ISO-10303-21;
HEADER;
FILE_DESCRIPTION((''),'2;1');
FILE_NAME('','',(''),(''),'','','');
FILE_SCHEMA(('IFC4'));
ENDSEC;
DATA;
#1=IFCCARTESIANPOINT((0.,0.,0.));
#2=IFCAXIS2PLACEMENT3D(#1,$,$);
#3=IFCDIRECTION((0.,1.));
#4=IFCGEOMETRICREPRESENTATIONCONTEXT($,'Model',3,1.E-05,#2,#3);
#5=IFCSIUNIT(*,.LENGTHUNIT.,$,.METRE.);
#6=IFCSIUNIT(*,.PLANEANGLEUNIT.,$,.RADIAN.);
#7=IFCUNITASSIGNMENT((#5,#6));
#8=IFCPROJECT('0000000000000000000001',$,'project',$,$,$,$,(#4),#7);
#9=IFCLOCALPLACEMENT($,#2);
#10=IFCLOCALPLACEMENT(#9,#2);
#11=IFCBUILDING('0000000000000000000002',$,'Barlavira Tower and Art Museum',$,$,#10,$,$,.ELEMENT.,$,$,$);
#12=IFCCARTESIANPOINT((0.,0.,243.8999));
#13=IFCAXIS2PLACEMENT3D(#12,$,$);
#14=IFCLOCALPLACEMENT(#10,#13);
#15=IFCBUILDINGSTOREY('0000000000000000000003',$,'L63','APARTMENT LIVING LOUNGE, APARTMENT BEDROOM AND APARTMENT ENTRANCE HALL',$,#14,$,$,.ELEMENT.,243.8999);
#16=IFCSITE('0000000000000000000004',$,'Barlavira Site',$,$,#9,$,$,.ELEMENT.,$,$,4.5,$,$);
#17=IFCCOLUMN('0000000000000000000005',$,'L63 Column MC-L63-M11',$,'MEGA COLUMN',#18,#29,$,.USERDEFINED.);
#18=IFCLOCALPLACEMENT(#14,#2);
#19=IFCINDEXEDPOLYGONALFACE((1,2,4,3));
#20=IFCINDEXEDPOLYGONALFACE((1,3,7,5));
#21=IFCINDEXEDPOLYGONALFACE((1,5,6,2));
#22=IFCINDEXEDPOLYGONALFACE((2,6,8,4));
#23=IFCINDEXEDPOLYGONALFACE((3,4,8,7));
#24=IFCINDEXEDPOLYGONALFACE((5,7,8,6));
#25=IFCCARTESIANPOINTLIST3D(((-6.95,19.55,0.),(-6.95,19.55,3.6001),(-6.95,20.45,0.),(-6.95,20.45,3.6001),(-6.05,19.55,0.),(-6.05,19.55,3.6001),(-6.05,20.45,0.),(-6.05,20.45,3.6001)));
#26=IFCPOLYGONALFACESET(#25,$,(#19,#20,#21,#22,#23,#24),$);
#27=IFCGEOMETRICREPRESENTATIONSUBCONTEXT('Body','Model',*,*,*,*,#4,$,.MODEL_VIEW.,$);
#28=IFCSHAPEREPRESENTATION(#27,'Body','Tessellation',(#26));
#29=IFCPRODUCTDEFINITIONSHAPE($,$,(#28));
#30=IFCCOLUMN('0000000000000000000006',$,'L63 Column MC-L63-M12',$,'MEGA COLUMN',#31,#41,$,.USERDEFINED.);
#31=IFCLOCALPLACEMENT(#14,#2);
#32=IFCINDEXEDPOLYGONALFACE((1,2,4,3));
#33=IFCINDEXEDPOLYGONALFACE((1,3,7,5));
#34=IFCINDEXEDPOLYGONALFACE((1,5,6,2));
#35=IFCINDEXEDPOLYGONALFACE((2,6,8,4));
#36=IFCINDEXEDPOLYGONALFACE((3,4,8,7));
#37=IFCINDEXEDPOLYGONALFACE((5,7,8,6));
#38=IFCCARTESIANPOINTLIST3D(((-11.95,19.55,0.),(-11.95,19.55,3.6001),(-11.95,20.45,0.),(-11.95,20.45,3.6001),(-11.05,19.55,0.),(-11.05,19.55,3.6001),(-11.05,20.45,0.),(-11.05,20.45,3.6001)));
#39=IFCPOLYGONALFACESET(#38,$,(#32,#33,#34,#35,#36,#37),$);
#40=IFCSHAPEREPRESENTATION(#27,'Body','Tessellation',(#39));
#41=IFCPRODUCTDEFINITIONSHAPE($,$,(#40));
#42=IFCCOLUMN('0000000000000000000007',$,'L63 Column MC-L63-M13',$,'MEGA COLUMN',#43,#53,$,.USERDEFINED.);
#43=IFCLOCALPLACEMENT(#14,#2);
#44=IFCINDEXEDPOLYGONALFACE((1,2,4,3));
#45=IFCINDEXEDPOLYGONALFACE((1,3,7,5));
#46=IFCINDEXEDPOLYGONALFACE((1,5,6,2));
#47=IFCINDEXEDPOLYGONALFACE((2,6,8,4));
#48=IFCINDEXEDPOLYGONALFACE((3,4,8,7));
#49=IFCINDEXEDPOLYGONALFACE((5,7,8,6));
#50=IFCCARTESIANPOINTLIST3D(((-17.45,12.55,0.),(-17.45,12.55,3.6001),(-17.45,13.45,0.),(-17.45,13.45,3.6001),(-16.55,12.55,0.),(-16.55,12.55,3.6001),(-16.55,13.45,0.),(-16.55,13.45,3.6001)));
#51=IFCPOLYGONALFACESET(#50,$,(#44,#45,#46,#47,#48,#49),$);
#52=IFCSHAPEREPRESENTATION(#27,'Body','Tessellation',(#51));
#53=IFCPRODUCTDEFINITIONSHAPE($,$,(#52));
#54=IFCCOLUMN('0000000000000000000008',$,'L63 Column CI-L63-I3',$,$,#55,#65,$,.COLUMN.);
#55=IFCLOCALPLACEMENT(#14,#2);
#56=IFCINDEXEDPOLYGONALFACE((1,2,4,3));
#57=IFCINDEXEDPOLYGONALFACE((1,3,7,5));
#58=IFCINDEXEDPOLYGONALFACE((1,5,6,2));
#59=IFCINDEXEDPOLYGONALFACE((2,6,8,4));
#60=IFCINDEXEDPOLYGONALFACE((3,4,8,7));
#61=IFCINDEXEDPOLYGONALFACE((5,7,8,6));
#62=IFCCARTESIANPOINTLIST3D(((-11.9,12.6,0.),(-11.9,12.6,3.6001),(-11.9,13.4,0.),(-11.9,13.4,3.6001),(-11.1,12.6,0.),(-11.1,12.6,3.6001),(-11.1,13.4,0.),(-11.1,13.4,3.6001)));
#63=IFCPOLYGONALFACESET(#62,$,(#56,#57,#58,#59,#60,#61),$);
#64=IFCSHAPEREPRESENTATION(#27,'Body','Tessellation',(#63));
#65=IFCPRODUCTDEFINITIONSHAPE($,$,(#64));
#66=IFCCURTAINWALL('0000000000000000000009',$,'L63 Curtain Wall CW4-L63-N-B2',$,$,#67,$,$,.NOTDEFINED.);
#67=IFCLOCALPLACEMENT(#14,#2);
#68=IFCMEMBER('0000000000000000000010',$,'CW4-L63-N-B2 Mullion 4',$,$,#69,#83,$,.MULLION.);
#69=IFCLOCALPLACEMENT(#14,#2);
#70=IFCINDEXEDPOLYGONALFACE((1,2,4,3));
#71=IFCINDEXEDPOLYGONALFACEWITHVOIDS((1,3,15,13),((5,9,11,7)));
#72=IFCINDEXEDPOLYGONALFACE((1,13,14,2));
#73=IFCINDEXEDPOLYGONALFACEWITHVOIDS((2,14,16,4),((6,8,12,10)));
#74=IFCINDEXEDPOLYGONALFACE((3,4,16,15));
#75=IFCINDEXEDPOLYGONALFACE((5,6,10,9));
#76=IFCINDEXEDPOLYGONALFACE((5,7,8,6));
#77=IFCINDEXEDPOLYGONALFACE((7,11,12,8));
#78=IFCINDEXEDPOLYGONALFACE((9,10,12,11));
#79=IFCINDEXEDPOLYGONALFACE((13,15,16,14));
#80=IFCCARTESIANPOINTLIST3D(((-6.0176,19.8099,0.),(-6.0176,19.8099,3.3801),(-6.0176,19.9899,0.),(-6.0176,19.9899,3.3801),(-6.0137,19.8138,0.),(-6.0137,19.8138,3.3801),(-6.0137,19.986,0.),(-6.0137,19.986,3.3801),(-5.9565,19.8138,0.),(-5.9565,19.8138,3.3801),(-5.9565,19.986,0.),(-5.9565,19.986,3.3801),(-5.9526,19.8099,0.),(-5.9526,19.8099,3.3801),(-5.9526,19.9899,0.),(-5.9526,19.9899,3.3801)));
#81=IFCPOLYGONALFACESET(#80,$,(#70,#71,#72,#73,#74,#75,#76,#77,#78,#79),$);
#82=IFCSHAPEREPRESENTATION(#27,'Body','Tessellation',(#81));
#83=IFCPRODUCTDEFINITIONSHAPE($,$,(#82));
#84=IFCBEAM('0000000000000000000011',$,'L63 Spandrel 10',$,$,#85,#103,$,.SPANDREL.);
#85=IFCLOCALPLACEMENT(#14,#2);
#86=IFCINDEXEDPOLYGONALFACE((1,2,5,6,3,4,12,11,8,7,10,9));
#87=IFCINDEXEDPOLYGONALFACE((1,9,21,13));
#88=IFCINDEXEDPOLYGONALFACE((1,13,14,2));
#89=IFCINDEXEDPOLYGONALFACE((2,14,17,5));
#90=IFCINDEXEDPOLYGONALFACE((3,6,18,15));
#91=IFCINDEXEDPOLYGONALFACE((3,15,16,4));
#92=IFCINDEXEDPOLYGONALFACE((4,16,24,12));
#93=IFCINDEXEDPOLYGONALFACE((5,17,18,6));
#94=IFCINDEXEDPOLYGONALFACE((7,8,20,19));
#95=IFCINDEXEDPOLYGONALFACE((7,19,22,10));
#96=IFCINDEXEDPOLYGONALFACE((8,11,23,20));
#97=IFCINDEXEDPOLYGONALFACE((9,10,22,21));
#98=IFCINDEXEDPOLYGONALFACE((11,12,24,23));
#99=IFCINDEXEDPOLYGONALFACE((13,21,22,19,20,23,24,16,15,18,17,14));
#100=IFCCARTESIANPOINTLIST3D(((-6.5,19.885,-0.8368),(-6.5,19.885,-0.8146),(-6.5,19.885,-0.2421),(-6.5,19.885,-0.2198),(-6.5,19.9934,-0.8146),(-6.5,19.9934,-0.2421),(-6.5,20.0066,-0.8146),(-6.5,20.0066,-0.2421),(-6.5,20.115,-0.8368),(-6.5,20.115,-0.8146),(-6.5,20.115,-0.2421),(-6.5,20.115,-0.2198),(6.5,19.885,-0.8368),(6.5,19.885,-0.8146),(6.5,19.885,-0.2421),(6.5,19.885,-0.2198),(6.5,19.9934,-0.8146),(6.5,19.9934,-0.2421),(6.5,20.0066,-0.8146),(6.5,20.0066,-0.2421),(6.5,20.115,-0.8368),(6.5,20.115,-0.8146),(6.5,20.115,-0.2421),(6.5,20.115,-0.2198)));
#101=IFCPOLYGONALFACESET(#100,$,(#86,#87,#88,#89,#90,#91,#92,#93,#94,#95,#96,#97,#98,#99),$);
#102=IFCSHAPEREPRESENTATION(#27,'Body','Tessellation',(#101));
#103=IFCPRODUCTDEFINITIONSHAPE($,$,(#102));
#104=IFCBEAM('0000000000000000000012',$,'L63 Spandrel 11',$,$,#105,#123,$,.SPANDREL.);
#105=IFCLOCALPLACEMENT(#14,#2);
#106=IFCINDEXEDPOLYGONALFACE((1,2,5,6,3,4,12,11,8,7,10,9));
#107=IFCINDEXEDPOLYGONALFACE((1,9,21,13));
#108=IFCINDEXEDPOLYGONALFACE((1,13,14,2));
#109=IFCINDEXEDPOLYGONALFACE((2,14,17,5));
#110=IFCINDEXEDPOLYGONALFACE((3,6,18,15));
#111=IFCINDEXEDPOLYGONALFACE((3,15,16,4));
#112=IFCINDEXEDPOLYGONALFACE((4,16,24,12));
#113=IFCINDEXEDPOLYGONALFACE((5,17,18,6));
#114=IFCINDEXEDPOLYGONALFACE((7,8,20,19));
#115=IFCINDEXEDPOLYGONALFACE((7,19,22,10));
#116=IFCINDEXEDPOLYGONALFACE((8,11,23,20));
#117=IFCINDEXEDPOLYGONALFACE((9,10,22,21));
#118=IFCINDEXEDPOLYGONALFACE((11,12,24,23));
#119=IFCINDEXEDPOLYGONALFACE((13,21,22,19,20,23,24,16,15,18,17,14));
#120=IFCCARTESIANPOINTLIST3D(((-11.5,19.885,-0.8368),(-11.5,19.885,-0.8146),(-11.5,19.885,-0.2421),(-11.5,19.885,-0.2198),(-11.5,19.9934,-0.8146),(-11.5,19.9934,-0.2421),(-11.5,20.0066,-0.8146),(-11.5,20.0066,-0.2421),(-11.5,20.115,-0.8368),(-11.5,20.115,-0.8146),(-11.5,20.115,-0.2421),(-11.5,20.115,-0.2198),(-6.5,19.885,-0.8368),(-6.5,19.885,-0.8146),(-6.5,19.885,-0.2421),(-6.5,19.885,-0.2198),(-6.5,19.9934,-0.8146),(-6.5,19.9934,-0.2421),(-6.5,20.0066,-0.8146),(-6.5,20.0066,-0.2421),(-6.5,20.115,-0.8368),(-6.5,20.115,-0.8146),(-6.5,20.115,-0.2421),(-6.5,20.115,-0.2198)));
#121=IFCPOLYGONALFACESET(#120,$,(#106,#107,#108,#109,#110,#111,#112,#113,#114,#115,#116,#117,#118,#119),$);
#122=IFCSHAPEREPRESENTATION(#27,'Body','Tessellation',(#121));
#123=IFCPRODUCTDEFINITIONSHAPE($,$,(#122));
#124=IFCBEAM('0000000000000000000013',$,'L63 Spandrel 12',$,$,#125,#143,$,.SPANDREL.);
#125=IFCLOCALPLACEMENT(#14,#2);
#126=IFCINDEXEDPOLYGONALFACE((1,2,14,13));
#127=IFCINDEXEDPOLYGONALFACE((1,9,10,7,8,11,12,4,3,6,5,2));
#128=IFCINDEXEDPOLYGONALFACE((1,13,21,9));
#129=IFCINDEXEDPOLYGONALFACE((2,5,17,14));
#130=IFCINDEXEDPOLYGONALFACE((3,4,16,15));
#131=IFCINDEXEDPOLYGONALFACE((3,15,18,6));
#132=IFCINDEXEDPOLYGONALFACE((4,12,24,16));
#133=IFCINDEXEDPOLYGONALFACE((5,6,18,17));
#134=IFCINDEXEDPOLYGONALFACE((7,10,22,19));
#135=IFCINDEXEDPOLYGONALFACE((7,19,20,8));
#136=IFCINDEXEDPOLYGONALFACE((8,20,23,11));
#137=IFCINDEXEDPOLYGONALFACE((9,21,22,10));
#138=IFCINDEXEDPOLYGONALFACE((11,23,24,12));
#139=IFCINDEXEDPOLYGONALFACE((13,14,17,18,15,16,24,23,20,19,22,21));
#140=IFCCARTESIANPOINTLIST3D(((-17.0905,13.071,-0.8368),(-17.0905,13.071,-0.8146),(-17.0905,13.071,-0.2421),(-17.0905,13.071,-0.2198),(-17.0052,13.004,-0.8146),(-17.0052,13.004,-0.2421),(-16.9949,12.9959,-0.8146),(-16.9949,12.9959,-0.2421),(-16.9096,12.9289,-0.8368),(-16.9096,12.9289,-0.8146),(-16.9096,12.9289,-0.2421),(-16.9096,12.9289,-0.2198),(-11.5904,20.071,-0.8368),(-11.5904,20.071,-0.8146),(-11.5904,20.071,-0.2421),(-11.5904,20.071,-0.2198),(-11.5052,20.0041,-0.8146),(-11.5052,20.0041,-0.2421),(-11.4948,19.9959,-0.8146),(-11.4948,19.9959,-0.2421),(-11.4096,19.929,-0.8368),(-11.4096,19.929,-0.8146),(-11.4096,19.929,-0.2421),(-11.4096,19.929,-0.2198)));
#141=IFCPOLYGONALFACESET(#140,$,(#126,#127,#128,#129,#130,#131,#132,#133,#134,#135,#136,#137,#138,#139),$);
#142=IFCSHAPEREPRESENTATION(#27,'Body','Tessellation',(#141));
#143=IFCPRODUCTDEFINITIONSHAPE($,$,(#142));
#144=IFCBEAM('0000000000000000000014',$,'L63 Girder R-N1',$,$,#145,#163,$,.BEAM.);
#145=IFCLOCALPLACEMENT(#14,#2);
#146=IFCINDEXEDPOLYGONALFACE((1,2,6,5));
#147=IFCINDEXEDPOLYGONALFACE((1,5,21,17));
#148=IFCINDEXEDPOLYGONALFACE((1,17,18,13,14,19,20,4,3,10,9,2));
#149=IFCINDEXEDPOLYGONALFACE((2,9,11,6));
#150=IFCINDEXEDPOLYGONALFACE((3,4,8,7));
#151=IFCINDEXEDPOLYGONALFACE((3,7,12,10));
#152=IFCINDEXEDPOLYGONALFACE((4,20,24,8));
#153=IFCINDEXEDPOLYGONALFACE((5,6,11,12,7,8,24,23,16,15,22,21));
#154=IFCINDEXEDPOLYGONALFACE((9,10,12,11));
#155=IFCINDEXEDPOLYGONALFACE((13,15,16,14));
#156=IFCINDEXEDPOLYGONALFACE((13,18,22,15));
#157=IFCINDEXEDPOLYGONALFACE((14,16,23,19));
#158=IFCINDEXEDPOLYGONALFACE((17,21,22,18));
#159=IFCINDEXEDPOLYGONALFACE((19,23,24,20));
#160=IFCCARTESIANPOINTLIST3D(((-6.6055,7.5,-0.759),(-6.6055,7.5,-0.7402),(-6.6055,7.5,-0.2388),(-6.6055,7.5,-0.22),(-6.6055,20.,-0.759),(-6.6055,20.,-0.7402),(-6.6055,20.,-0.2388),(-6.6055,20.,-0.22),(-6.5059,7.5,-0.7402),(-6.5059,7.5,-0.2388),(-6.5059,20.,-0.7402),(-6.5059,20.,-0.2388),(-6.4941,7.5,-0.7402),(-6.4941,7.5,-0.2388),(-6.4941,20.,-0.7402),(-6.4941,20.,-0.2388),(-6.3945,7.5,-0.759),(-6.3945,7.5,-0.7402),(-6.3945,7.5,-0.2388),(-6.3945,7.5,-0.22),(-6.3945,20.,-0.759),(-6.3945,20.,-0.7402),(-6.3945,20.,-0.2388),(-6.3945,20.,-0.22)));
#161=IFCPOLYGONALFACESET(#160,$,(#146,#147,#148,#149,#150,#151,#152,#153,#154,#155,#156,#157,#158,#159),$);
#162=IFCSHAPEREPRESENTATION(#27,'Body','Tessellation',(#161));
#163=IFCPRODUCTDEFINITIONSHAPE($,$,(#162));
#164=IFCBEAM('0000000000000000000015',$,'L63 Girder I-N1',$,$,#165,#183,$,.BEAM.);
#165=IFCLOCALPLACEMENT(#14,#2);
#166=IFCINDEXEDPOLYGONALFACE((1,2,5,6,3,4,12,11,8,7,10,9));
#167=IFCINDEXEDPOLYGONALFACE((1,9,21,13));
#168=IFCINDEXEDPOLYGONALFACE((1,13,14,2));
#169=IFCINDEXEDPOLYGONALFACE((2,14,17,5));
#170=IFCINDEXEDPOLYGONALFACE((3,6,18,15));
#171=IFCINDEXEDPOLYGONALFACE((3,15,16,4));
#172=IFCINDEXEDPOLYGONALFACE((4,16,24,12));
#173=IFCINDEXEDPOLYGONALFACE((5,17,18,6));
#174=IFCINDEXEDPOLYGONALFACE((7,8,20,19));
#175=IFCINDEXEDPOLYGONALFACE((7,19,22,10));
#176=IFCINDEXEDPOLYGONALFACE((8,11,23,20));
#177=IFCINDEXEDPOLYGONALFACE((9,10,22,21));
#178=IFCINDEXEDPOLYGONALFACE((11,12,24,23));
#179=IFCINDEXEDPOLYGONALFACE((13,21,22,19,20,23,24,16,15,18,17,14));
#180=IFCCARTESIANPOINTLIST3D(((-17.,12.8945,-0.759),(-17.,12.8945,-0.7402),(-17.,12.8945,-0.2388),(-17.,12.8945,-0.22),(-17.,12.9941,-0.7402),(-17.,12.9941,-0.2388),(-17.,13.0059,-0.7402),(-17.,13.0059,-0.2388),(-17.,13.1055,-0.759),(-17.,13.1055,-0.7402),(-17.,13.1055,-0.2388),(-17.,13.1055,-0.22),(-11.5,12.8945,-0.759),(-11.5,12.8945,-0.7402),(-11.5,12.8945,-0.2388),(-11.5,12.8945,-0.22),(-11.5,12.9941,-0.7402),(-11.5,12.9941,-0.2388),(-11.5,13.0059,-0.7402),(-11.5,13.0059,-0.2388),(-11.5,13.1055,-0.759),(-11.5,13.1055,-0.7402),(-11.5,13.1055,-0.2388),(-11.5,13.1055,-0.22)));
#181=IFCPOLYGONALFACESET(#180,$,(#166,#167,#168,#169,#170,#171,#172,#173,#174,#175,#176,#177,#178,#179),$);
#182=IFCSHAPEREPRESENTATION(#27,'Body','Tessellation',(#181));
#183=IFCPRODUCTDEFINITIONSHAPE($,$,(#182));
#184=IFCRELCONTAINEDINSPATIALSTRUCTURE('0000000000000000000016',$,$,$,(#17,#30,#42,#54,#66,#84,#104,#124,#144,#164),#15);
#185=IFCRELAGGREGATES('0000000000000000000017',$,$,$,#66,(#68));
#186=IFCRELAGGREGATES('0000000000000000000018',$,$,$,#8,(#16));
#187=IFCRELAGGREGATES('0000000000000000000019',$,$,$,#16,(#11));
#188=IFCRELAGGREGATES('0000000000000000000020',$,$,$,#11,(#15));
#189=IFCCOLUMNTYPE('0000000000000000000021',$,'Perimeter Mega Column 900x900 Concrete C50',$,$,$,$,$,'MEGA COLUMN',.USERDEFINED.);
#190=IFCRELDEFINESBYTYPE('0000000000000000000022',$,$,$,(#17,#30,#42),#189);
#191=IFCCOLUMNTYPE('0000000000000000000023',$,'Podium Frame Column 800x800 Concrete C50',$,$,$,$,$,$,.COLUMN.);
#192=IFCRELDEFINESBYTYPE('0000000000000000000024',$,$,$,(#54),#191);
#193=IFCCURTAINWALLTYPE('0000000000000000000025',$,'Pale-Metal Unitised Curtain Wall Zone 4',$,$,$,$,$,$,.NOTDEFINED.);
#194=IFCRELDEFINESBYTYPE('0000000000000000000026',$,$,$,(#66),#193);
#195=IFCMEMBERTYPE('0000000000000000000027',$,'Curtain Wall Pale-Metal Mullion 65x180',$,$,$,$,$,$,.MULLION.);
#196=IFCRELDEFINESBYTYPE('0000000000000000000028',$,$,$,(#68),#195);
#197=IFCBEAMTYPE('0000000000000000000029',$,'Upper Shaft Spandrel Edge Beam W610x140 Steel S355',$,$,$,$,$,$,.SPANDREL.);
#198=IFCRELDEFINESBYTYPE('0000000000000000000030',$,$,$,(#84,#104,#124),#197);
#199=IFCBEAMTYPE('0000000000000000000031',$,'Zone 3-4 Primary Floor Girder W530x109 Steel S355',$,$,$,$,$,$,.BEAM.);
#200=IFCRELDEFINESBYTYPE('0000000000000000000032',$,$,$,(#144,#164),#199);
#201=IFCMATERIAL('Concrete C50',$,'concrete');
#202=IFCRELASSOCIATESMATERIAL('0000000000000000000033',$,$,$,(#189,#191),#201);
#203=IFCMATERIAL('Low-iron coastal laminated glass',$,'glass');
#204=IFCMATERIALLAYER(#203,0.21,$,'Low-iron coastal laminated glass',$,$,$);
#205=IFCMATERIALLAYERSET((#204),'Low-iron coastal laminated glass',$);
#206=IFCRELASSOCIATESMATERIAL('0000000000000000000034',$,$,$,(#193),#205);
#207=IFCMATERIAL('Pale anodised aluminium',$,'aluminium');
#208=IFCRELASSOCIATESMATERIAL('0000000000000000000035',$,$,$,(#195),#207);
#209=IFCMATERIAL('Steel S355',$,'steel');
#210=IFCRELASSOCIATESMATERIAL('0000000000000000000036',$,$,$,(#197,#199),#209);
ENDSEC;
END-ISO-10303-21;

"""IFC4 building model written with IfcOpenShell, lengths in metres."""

from ifc_helpers import new_model, si_unit, direction, frame, origin, origin_2d, place, context, subcontext, project, spatial, rectangle, hollow_rectangle, i_section, extrude, material, layer, layer_set, material_profile, profile_set, type_object, element, aggregate, save


model = new_model("IFC4")

# Units and contexts
model_context = context("Model", 3, precision=1e-05, world=origin(), true_north=direction((0.0, 1.0)))
body_context = subcontext(model_context, "Body", "Model", "MODEL_VIEW")
ifc_project = project(units=[si_unit("LENGTHUNIT", "METRE"), si_unit("PLANEANGLEUNIT", "RADIAN")], contexts=[model_context])

# Site, building, storey
site_placement = place(None, origin())
site = spatial("IfcSite", under=ifc_project, at=site_placement, Name="Barlavira Site", CompositionType="ELEMENT", RefElevation=4.5)
building_placement = place(site_placement, origin())
building = spatial("IfcBuilding", under=site, at=building_placement, Name="Barlavira Tower and Art Museum", CompositionType="ELEMENT")
storey_placement = place(building_placement, frame((0.0, 0.0, 243.8999)))
storey = spatial("IfcBuildingStorey", under=building, at=storey_placement, Name="L63", Description="APARTMENT LIVING LOUNGE, APARTMENT BEDROOM AND APARTMENT ENTRANCE HALL", CompositionType="ELEMENT", Elevation=243.8999)

# Columns
ifc_material_1 = material(Name="Concrete C50", Category="concrete")
ifc_material_profile_1 = material_profile(ifc_material_1, rectangle(XDim=0.8999, YDim=0.8999, at=origin_2d()), Name="RC-COL 900x900")
ifc_profile_set_1 = profile_set([ifc_material_profile_1], Name="Concrete C50")
column_type_1 = type_object("IfcColumnType", Name="Perimeter Mega Column 900x900 Concrete C50", ElementType="MEGA COLUMN", PredefinedType="USERDEFINED", material=ifc_profile_set_1)
for number, where, z_axis, x_axis, name in (
    (1, (-6.5, 20.0, 0.0), (0.0, 0.0, 1.0), (1.0, 0.0, 0.0), "L63 Column MC-L63-M11"),
    (2, (-11.5, 20.0, 0.0), (0.0, 0.0, 1.0), (1.0, 0.0, 0.0), "L63 Column MC-L63-M12"),
    (3, (-17.0, 13.0, 0.0), (0.0, 0.0, 1.0), (1.0, 0.0, 0.0), "L63 Column MC-L63-M13"),
):
    element("IfcColumn", number, at=place(storey_placement, frame(where, z_axis=z_axis, x_axis=x_axis)), inside=storey, type_object=column_type_1, Name=name, ObjectType="MEGA COLUMN", PredefinedType="USERDEFINED", context=body_context, shape_type="SweptSolid", body=[
        extrude(rectangle(XDim=0.8999, YDim=0.8999, at=origin_2d()), origin(), (0.0, 0.0, 1.0), 3.6001),
    ])
ifc_material_profile_2 = material_profile(ifc_material_1, rectangle(XDim=0.8, YDim=0.8, at=origin_2d()), Name="RC-COL 800x800")
ifc_profile_set_2 = profile_set([ifc_material_profile_2], Name="Concrete C50")
column_type_2 = type_object("IfcColumnType", Name="Podium Frame Column 800x800 Concrete C50", PredefinedType="COLUMN", material=ifc_profile_set_2)
column_placement = place(storey_placement, frame((-11.5, 13.0, 0.0), z_axis=(0.0, 0.0, 1.0), x_axis=(1.0, 0.0, 0.0)))
element("IfcColumn", 4, at=column_placement, inside=storey, type_object=column_type_2, Name="L63 Column CI-L63-I3", PredefinedType="COLUMN", context=body_context, shape_type="SweptSolid", body=[
    extrude(rectangle(XDim=0.8, YDim=0.8, at=origin_2d()), origin(), (0.0, 0.0, 1.0), 3.6001),
])

# Curtain wall, member
ifc_material_2 = material(Name="Low-iron coastal laminated glass", Category="glass")
ifc_layer_1 = layer(ifc_material_2, 0.21, Name="Low-iron coastal laminated glass")
ifc_layer_set_1 = layer_set([ifc_layer_1], Name="Low-iron coastal laminated glass")
curtain_wall_type = type_object("IfcCurtainWallType", Name="Pale-Metal Unitised Curtain Wall Zone 4", PredefinedType="NOTDEFINED", material=ifc_layer_set_1)
curtain_wall_placement = place(storey_placement, origin())
curtain_wall = element("IfcCurtainWall", 5, at=curtain_wall_placement, inside=storey, type_object=curtain_wall_type, Name="L63 Curtain Wall CW4-L63-N-B2", PredefinedType="NOTDEFINED")
ifc_material_3 = material(Name="Pale anodised aluminium", Category="aluminium")
ifc_material_profile_3 = material_profile(ifc_material_3, hollow_rectangle(XDim=0.0649, YDim=0.1799, WallThickness=0.0039, at=origin_2d()), Name="ALU-MULL 65x180x4")
ifc_profile_set_3 = profile_set([ifc_material_profile_3], Name="Pale anodised aluminium")
member_type = type_object("IfcMemberType", Name="Curtain Wall Pale-Metal Mullion 65x180", PredefinedType="MULLION", material=ifc_profile_set_3)
member_placement = place(storey_placement, frame((-5.9851, 19.8999, 0.0), z_axis=(0.0, 0.0, 1.0), x_axis=(-1.0, 0.0, 0.0)))
member = element("IfcMember", 6, at=member_placement, type_object=member_type, Name="CW4-L63-N-B2 Mullion 4", PredefinedType="MULLION", context=body_context, shape_type="SweptSolid", body=[
    extrude(hollow_rectangle(XDim=0.0649, YDim=0.1799, WallThickness=0.0039, at=origin_2d()), origin(), (0.0, 0.0, 1.0), 3.3801),
])
aggregate(curtain_wall, [member])

# Beams
ifc_material_4 = material(Name="Steel S355", Category="steel")
ifc_material_profile_4 = material_profile(ifc_material_4, i_section(OverallWidth=0.23, OverallDepth=0.6169, WebThickness=0.0132, FlangeThickness=0.0222, at=origin_2d()), Name="W610x140.0")
ifc_profile_set_4 = profile_set([ifc_material_profile_4], Name="Steel S355")
beam_type_1 = type_object("IfcBeamType", Name="Upper Shaft Spandrel Edge Beam W610x140 Steel S355", PredefinedType="SPANDREL", material=ifc_profile_set_4)
beam_1_placement = place(storey_placement, frame((-6.5, 20.0, -0.5283), z_axis=(1.0, 0.0, 0.0), x_axis=(0.0, 1.0, 0.0)))
element("IfcBeam", 7, at=beam_1_placement, inside=storey, type_object=beam_type_1, Name="L63 Spandrel 10", PredefinedType="SPANDREL", context=body_context, shape_type="SweptSolid", body=[
    extrude(i_section(OverallWidth=0.23, OverallDepth=0.6169, WebThickness=0.0132, FlangeThickness=0.0222, at=origin_2d()), origin(), (0.0, 0.0, 1.0), 13.0),
])
beam_2_placement = place(storey_placement, frame((-11.5, 20.0, -0.5283), z_axis=(1.0, 0.0, 0.0), x_axis=(0.0, 1.0, 0.0)))
element("IfcBeam", 8, at=beam_2_placement, inside=storey, type_object=beam_type_1, Name="L63 Spandrel 11", PredefinedType="SPANDREL", context=body_context, shape_type="SweptSolid", body=[
    extrude(i_section(OverallWidth=0.23, OverallDepth=0.6169, WebThickness=0.0132, FlangeThickness=0.0222, at=origin_2d()), origin(), (0.0, 0.0, 1.0), 5.0),
])
beam_3_placement = place(storey_placement, frame((-11.5, 20.0, -0.5283), z_axis=(-0.617822, -0.786318, 0.0), x_axis=(0.786318, -0.617822, 0.0)))
element("IfcBeam", 9, at=beam_3_placement, inside=storey, type_object=beam_type_1, Name="L63 Spandrel 12", PredefinedType="SPANDREL", context=body_context, shape_type="SweptSolid", body=[
    extrude(i_section(OverallWidth=0.23, OverallDepth=0.6169, WebThickness=0.0132, FlangeThickness=0.0222, at=origin_2d()), origin(), (0.0, 0.0, 1.0), 8.9023),
])
ifc_material_profile_5 = material_profile(ifc_material_4, i_section(OverallWidth=0.2109, OverallDepth=0.5391, WebThickness=0.0117, FlangeThickness=0.0188, at=origin_2d()), Name="W530x109.0")
ifc_profile_set_5 = profile_set([ifc_material_profile_5], Name="Steel S355")
beam_type_2 = type_object("IfcBeamType", Name="Zone 3-4 Primary Floor Girder W530x109 Steel S355", PredefinedType="BEAM", material=ifc_profile_set_5)
beam_4_placement = place(storey_placement, frame((-6.5, 7.5, -0.4895), z_axis=(0.0, 1.0, 0.0), x_axis=(-1.0, 0.0, 0.0)))
element("IfcBeam", 10, at=beam_4_placement, inside=storey, type_object=beam_type_2, Name="L63 Girder R-N1", PredefinedType="BEAM", context=body_context, shape_type="SweptSolid", body=[
    extrude(i_section(OverallWidth=0.2109, OverallDepth=0.5391, WebThickness=0.0117, FlangeThickness=0.0188, at=origin_2d()), origin(), (0.0, 0.0, 1.0), 12.5),
])
beam_5_placement = place(storey_placement, frame((-17.0, 13.0, -0.4895), z_axis=(1.0, 0.0, 0.0), x_axis=(0.0, 1.0, 0.0)))
element("IfcBeam", 11, at=beam_5_placement, inside=storey, type_object=beam_type_2, Name="L63 Girder I-N1", PredefinedType="BEAM", context=body_context, shape_type="SweptSolid", body=[
    extrude(i_section(OverallWidth=0.2109, OverallDepth=0.5391, WebThickness=0.0117, FlangeThickness=0.0188, at=origin_2d()), origin(), (0.0, 0.0, 1.0), 5.5),
])

save(model, "model.ifc")
